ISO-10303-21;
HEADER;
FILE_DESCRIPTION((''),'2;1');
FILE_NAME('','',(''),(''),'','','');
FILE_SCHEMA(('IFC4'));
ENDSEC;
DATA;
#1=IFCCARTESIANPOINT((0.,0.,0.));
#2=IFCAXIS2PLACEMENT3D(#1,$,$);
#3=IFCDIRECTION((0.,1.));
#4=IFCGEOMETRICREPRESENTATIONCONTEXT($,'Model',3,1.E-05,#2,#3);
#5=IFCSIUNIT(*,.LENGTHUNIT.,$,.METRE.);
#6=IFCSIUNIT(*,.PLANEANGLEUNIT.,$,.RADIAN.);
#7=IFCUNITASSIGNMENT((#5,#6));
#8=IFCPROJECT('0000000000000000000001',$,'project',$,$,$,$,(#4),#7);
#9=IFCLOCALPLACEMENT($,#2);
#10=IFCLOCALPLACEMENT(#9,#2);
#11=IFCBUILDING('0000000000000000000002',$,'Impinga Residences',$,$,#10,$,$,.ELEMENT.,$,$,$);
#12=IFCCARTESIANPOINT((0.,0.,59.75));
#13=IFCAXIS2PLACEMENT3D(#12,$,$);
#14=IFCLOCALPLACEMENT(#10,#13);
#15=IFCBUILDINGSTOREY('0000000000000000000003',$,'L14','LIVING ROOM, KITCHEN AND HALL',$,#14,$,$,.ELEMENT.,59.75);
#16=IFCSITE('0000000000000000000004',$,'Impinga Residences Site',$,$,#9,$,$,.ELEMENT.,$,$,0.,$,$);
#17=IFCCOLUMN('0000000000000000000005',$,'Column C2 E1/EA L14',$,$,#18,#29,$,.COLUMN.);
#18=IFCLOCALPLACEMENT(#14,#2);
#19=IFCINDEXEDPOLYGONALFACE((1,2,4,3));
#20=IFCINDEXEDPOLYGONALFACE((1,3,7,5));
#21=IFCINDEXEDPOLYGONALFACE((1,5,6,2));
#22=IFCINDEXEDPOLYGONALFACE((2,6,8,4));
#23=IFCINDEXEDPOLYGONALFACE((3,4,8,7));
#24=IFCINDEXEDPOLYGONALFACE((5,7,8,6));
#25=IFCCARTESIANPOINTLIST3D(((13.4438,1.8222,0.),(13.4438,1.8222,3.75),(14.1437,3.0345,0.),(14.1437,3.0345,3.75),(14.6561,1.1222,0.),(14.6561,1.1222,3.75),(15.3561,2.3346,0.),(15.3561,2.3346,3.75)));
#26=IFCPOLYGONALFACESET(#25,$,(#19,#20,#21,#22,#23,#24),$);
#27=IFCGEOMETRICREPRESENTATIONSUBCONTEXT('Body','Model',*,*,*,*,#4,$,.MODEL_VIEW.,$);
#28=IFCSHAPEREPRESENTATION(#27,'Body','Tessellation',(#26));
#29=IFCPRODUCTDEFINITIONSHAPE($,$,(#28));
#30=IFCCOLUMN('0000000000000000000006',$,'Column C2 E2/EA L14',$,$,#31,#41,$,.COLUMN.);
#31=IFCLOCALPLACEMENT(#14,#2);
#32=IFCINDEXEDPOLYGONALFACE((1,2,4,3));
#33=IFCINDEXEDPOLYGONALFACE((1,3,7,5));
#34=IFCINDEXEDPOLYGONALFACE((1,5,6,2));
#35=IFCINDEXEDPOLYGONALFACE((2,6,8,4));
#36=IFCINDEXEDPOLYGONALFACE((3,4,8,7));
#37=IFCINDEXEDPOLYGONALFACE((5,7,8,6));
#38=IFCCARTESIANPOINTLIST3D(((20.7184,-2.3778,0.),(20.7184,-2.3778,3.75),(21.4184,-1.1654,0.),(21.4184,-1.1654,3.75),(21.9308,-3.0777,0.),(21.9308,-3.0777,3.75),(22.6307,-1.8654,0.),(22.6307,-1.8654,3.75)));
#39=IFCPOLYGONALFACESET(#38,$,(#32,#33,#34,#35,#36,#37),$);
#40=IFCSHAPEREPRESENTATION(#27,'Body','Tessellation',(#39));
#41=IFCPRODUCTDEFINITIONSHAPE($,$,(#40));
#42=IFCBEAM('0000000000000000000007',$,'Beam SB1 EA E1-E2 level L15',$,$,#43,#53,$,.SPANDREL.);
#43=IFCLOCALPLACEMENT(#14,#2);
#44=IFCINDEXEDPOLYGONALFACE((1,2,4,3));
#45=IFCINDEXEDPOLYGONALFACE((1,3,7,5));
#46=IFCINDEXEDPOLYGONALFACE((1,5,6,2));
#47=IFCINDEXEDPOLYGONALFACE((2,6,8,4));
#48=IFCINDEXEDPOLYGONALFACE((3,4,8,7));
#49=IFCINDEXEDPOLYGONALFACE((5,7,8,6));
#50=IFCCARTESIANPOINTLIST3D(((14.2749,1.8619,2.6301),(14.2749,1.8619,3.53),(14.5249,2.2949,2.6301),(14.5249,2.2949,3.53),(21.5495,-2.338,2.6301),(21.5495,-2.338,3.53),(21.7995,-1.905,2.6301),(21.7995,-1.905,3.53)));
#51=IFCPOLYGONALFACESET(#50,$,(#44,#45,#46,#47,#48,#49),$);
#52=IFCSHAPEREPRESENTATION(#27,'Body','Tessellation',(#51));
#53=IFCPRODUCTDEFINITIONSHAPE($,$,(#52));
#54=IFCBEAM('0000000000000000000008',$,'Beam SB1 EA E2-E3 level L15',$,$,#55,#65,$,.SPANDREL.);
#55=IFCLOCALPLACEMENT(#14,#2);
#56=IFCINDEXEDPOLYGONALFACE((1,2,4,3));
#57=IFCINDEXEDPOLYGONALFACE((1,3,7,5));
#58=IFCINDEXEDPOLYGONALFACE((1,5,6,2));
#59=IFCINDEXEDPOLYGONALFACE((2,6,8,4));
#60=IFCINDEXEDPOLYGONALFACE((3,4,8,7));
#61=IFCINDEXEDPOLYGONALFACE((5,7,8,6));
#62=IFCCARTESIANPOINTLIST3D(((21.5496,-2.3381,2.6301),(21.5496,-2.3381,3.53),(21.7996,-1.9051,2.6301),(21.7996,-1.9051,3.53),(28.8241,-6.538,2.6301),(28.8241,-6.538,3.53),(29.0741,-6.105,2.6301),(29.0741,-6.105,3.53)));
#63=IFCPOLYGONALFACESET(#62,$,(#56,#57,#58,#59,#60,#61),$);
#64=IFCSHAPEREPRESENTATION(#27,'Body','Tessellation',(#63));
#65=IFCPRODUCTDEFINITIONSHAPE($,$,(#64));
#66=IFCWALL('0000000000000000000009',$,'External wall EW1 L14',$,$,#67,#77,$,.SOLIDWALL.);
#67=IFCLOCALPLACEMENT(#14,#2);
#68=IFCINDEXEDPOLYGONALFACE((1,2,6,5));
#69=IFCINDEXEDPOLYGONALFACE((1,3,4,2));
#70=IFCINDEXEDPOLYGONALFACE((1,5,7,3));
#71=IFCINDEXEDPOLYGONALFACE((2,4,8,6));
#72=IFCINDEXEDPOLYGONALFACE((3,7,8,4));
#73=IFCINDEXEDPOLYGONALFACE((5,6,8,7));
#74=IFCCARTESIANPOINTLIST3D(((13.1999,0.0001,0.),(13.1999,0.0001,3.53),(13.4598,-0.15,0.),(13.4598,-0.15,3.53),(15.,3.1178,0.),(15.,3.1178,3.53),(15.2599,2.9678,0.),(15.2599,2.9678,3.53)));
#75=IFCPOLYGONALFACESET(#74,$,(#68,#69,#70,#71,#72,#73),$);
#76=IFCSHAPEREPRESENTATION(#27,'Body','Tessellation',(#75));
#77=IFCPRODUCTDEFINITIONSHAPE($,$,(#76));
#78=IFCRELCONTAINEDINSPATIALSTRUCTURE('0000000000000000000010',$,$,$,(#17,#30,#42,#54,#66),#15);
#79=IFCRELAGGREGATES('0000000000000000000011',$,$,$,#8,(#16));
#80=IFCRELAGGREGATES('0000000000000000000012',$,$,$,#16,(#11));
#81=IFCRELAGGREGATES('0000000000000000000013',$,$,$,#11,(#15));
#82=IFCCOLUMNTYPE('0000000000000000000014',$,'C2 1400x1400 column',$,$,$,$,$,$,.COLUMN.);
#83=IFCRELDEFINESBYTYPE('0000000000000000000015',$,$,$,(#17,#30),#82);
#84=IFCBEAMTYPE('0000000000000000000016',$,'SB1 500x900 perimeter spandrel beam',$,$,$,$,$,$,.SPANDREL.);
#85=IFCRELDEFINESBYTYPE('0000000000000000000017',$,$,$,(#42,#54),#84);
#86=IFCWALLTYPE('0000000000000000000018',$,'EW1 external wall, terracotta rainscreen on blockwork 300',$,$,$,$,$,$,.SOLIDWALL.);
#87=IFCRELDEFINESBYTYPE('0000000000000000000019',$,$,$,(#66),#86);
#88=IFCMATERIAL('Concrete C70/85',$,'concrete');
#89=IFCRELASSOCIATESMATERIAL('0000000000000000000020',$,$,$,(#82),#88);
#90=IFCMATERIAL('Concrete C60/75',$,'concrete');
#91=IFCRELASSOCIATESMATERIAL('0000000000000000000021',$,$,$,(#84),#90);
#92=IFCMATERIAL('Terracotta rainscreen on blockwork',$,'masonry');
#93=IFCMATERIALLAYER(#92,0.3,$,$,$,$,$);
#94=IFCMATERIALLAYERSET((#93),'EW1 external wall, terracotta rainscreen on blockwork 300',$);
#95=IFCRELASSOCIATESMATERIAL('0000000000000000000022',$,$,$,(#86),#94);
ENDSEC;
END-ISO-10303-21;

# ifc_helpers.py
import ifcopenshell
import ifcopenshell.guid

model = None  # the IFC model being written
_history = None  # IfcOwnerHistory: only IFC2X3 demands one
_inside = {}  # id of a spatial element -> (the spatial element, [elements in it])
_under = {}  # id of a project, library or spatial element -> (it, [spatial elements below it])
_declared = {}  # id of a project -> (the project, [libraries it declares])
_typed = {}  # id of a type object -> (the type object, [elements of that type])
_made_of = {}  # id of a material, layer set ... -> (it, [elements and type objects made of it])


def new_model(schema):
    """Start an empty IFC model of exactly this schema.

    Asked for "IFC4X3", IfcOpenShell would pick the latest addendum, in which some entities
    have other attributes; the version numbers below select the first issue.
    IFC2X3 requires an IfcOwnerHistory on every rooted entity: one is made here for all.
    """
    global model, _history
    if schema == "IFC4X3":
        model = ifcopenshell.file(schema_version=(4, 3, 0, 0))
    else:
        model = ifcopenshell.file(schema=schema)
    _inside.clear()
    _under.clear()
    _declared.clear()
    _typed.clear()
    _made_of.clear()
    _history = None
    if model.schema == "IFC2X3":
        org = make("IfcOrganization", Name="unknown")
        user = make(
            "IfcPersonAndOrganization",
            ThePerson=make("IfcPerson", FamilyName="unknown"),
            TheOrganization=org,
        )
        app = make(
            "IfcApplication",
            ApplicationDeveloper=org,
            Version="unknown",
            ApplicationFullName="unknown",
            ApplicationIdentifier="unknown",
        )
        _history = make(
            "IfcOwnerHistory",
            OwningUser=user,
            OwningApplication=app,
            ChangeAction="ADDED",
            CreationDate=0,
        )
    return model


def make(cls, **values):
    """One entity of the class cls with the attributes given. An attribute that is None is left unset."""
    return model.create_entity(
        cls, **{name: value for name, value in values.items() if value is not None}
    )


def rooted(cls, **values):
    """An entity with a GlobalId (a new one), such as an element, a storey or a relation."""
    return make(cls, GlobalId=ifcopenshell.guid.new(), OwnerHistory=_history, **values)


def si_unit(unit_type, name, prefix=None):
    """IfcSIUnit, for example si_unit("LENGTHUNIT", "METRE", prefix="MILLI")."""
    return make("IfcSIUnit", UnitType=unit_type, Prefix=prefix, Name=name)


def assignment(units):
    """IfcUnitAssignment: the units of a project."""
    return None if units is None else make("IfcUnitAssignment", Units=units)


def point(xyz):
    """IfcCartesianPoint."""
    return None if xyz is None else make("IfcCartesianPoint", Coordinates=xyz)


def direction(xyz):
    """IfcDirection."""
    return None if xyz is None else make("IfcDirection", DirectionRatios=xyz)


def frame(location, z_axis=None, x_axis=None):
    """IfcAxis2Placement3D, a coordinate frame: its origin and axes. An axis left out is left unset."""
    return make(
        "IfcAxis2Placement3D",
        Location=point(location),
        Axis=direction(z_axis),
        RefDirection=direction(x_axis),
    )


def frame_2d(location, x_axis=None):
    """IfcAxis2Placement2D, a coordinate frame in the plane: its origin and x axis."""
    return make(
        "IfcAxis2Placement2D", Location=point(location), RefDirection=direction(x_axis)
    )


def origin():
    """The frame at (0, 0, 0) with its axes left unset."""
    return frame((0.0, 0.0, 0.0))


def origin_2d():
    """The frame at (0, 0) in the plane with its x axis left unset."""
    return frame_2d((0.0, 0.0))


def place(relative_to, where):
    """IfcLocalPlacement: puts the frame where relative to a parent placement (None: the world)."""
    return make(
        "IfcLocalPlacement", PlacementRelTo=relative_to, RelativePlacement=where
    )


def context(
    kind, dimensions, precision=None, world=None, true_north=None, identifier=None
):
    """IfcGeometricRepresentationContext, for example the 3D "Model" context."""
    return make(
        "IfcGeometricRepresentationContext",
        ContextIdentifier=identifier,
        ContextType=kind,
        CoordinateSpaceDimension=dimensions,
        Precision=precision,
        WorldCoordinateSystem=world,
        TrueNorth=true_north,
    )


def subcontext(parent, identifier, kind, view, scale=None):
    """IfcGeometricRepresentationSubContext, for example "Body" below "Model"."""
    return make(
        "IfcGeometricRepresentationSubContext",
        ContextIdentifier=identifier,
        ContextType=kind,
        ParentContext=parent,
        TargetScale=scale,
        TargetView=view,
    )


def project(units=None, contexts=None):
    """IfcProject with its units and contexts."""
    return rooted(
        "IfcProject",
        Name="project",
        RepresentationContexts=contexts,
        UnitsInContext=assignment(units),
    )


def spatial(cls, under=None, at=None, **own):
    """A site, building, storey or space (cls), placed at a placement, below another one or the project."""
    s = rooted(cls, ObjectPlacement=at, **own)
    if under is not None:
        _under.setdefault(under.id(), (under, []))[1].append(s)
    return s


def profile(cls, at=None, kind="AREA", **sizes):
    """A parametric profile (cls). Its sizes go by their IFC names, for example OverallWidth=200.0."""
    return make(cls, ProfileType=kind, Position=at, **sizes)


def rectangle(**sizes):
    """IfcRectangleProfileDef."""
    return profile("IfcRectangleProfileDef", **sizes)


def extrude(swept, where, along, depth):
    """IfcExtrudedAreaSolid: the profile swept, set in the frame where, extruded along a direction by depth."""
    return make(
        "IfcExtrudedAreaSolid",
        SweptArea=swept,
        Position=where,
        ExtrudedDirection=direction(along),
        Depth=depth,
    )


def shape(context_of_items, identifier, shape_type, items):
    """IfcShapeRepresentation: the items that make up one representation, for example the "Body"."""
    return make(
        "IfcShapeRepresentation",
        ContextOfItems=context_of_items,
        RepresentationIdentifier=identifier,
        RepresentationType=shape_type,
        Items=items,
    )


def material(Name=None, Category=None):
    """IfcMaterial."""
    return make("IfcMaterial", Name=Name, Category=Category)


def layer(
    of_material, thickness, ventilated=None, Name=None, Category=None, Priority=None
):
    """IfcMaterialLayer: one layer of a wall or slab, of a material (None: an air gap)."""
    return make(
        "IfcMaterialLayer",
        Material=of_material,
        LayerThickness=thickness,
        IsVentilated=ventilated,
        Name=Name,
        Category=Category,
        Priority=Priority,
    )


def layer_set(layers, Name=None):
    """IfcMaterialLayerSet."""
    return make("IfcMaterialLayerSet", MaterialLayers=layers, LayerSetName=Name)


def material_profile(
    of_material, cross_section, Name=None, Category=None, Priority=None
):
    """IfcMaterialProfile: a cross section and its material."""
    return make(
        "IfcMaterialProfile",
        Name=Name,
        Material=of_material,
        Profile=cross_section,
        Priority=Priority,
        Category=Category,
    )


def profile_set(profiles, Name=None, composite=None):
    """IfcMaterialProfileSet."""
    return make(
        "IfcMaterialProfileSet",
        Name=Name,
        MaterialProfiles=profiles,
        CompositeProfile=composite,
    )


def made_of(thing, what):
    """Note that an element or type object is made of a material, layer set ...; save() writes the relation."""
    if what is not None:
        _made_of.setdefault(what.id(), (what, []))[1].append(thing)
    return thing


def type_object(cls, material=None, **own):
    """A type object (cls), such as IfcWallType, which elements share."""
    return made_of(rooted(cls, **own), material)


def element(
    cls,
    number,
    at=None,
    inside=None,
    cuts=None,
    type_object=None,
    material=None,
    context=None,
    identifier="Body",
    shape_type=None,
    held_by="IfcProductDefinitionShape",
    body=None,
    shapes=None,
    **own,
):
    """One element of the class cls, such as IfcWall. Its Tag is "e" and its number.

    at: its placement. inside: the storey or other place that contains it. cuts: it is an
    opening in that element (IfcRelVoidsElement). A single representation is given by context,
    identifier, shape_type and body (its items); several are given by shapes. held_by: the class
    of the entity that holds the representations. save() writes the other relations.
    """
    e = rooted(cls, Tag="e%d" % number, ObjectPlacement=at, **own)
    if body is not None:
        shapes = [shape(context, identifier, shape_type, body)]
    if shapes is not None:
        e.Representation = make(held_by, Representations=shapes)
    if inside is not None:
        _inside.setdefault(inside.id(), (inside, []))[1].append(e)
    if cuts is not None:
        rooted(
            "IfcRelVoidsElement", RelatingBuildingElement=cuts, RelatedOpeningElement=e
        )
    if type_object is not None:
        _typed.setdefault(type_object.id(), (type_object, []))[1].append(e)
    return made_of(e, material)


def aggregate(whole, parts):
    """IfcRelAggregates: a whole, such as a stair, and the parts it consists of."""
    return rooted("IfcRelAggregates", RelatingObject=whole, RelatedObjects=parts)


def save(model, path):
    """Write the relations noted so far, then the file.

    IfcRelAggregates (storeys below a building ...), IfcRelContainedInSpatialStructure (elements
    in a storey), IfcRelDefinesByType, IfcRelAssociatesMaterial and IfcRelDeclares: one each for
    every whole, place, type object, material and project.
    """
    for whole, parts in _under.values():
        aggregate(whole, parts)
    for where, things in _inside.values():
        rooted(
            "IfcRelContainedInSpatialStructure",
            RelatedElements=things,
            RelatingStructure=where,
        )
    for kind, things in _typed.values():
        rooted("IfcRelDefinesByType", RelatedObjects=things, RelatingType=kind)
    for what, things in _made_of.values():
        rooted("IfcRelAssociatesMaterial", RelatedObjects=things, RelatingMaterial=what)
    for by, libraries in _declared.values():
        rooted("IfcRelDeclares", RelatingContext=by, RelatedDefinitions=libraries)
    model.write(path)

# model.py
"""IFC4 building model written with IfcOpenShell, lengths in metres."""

from ifc_helpers import new_model, si_unit, direction, frame, frame_2d, origin, origin_2d, place, context, subcontext, project, spatial, rectangle, extrude, material, layer, layer_set, material_profile, profile_set, type_object, element, save


model = new_model("IFC4")

# Units and contexts
model_context = context("Model", 3, precision=1e-05, world=origin(), true_north=direction((0.0, 1.0)))
body_context = subcontext(model_context, "Body", "Model", "MODEL_VIEW")
ifc_project = project(units=[si_unit("LENGTHUNIT", "METRE"), si_unit("PLANEANGLEUNIT", "RADIAN")], contexts=[model_context])

# Site, building, storey
site_placement = place(None, origin())
site = spatial("IfcSite", under=ifc_project, at=site_placement, Name="Impinga Residences Site", CompositionType="ELEMENT", RefElevation=0.0)
building_placement = place(site_placement, origin())
building = spatial("IfcBuilding", under=site, at=building_placement, Name="Impinga Residences", CompositionType="ELEMENT")
storey_placement = place(building_placement, frame((0.0, 0.0, 59.75)))
storey = spatial("IfcBuildingStorey", under=building, at=storey_placement, Name="L14", Description="LIVING ROOM, KITCHEN AND HALL", CompositionType="ELEMENT", Elevation=59.75)

# Columns
ifc_material_1 = material(Name="Concrete C70/85", Category="concrete")
ifc_material_profile_1 = material_profile(ifc_material_1, rectangle(XDim=1.3999, YDim=1.3999, at=origin_2d()), Name="RC 1400x1400")
ifc_profile_set_1 = profile_set([ifc_material_profile_1], Name="Concrete C70/85")
column_type = type_object("IfcColumnType", Name="C2 1400x1400 column", PredefinedType="COLUMN", material=ifc_profile_set_1)
for number, where, z_axis, x_axis, name in (
    (1, (14.3999, 2.0784, 0.0), (0.0, 0.0, 1.0), (-0.5, -0.866025, 0.0), "Column C2 E1/EA L14"),
    (2, (21.6746, -2.1216, 0.0), (0.0, 0.0, 1.0), (-0.5, -0.866025, 0.0), "Column C2 E2/EA L14"),
):
    element("IfcColumn", number, at=place(storey_placement, frame(where, z_axis=z_axis, x_axis=x_axis)), inside=storey, type_object=column_type, Name=name, PredefinedType="COLUMN", context=body_context, shape_type="SweptSolid", body=[
        extrude(rectangle(XDim=1.3999, YDim=1.3999, at=origin_2d()), origin(), (0.0, 0.0, 1.0), 3.75),
    ])

# Beams
ifc_material_2 = material(Name="Concrete C60/75", Category="concrete")
ifc_material_profile_2 = material_profile(ifc_material_2, rectangle(XDim=0.5, YDim=0.8999, at=origin_2d()), Name="RC 500x900")
ifc_profile_set_2 = profile_set([ifc_material_profile_2], Name="Concrete C60/75")
beam_type = type_object("IfcBeamType", Name="SB1 500x900 perimeter spandrel beam", PredefinedType="SPANDREL", material=ifc_profile_set_2)
for number, where, z_axis, x_axis, name in (
    (3, (14.3999, 2.0784, 3.0801), (0.866029, -0.499993, 0.0), (0.499993, 0.866029, 0.0), "Beam SB1 EA E1-E2 level L15"),
    (4, (21.6746, -2.1216, 3.0801), (0.866029, -0.499993, 0.0), (0.499993, 0.866029, 0.0), "Beam SB1 EA E2-E3 level L15"),
):
    element("IfcBeam", number, at=place(storey_placement, frame(where, z_axis=z_axis, x_axis=x_axis)), inside=storey, type_object=beam_type, Name=name, PredefinedType="SPANDREL", context=body_context, shape_type="SweptSolid", body=[
        extrude(rectangle(XDim=0.5, YDim=0.8999, at=origin_2d()), origin(), (0.0, 0.0, 1.0), 8.3999),
    ])

# Wall
ifc_material_3 = material(Name="Terracotta rainscreen on blockwork", Category="masonry")
ifc_layer_1 = layer(ifc_material_3, 0.3)
ifc_layer_set_1 = layer_set([ifc_layer_1], Name="EW1 external wall, terracotta rainscreen on blockwork 300")
wall_type_1 = type_object("IfcWallType", Name="EW1 external wall, terracotta rainscreen on blockwork 300", PredefinedType="SOLIDWALL", material=ifc_layer_set_1)
wall_1_placement = place(storey_placement, frame((13.3298, -0.075, 0.0), z_axis=(0.0, 0.0, 1.0), x_axis=(0.500012, 0.866018, 0.0)))
element("IfcWall", 5, at=wall_1_placement, inside=storey, type_object=wall_type_1, Name="External wall EW1 L14", PredefinedType="SOLIDWALL", context=body_context, shape_type="SweptSolid", body=[
    extrude(rectangle(XDim=3.6001, YDim=0.3, at=frame_2d((1.8, 0.0))), origin(), (0.0, 0.0, 1.0), 3.53),
])

save(model, "model.ifc")
